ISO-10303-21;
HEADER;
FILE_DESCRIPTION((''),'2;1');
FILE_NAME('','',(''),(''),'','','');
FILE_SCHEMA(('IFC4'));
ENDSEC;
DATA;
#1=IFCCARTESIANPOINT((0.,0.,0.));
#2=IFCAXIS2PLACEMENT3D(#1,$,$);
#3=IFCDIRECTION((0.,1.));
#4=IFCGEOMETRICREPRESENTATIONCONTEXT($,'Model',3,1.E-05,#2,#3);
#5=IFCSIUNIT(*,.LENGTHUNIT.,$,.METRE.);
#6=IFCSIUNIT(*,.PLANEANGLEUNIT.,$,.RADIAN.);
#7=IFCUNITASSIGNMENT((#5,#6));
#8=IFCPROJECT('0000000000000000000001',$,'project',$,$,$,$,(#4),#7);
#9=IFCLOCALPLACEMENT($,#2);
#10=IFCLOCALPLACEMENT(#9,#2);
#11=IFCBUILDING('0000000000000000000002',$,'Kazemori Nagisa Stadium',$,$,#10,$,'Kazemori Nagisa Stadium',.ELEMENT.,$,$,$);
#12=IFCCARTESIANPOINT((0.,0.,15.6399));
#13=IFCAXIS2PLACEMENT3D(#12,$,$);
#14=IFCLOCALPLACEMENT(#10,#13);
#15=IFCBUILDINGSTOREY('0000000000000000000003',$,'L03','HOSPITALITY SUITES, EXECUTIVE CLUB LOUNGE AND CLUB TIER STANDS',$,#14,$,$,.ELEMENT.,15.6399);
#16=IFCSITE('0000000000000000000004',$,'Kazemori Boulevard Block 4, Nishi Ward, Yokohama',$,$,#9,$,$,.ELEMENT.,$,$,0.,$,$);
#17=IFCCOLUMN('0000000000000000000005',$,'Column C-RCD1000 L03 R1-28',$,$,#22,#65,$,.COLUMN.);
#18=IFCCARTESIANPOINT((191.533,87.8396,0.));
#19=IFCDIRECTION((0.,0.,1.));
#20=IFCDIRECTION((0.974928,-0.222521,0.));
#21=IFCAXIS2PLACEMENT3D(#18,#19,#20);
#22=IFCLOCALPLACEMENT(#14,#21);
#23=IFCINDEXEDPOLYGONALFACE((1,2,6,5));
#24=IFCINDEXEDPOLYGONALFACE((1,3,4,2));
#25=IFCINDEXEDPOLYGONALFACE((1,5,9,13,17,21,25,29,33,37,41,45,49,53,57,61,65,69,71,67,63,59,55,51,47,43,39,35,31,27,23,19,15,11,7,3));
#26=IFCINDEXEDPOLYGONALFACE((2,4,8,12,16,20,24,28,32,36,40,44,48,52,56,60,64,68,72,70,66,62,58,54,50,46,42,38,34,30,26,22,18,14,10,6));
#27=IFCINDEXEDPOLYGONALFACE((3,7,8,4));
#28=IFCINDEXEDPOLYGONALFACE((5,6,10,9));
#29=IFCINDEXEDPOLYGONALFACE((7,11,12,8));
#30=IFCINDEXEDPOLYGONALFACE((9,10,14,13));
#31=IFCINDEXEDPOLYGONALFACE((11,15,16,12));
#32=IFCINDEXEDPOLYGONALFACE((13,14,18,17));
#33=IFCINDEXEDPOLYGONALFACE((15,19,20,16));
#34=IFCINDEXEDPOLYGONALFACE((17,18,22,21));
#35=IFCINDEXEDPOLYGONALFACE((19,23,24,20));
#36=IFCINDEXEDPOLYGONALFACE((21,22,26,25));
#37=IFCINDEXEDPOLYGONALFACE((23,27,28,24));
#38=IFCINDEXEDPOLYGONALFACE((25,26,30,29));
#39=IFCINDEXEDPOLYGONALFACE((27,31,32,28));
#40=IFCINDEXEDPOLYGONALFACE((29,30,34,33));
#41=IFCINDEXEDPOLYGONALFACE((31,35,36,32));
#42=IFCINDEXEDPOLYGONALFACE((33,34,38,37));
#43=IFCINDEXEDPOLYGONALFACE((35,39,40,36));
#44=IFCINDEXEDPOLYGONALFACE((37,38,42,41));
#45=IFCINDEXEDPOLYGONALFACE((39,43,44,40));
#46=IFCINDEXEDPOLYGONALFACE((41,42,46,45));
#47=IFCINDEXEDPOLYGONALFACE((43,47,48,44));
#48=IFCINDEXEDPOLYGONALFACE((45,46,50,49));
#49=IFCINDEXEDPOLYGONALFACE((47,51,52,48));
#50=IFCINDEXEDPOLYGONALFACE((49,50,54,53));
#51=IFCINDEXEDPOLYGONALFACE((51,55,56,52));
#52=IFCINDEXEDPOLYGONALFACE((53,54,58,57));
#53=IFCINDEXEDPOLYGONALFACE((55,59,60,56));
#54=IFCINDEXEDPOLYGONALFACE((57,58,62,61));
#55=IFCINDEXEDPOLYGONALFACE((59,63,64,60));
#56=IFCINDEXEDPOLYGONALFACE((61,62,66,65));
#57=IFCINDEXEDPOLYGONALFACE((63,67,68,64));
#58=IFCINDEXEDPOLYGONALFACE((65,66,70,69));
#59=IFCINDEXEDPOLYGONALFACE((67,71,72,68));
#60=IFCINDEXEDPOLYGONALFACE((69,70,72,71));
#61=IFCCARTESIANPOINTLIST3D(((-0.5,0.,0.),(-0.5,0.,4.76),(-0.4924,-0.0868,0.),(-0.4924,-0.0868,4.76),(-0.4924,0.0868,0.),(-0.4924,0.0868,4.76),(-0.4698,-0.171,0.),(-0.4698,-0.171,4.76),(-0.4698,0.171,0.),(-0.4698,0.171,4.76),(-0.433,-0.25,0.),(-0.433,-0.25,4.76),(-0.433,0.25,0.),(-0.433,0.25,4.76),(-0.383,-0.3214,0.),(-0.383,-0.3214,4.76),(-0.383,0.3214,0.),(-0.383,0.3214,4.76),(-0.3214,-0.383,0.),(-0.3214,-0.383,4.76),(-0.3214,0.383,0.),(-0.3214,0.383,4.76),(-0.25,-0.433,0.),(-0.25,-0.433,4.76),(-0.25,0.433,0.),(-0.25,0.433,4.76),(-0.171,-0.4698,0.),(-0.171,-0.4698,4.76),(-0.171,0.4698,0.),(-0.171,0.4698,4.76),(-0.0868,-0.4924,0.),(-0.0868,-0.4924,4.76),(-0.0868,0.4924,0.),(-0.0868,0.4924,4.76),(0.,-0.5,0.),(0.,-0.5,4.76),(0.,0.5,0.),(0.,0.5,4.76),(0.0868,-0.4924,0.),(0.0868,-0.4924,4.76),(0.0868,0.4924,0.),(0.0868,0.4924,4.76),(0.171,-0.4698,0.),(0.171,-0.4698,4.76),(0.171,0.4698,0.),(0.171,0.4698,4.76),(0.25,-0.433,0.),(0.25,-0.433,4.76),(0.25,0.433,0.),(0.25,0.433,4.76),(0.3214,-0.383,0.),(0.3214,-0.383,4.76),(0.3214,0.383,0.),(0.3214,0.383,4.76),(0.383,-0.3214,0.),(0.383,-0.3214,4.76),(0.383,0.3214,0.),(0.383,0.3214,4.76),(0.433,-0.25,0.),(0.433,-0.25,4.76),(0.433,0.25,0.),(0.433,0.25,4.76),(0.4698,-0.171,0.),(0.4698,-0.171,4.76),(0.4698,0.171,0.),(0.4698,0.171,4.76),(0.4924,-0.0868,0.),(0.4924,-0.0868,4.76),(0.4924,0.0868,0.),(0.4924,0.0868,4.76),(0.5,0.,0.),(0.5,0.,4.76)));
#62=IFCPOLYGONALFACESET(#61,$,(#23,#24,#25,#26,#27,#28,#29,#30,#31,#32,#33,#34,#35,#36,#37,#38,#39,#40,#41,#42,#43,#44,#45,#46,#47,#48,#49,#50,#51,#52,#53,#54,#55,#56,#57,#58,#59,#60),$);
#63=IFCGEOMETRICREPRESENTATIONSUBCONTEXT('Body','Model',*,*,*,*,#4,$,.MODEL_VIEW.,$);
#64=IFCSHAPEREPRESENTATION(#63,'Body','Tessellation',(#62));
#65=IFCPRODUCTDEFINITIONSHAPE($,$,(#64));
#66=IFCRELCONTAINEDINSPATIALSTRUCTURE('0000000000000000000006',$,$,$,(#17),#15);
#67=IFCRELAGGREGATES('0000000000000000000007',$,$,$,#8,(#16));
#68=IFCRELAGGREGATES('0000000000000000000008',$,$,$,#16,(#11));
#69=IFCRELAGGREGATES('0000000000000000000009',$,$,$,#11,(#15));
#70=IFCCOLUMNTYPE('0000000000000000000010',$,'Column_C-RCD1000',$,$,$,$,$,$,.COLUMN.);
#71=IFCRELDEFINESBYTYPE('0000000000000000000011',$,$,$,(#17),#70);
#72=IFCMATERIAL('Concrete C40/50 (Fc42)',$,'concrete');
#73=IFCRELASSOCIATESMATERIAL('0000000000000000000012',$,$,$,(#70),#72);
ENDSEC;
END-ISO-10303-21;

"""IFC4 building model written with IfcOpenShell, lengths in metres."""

from ifc_helpers import new_model, si_unit, direction, frame, origin, origin_2d, place, context, subcontext, project, spatial, circle, extrude, material, material_profile, profile_set, type_object, element, save


model = new_model("IFC4")

# Units and contexts
model_context = context("Model", 3, precision=1e-05, world=origin(), true_north=direction((0.0, 1.0)))
body_context = subcontext(model_context, "Body", "Model", "MODEL_VIEW")
ifc_project = project(units=[si_unit("LENGTHUNIT", "METRE"), si_unit("PLANEANGLEUNIT", "RADIAN")], contexts=[model_context])

# Site, building, storey
site_placement = place(None, origin())
site = spatial("IfcSite", under=ifc_project, at=site_placement, Name="Kazemori Boulevard Block 4, Nishi Ward, Yokohama", CompositionType="ELEMENT", RefElevation=0.0)
building_placement = place(site_placement, origin())
building = spatial("IfcBuilding", under=site, at=building_placement, Name="Kazemori Nagisa Stadium", LongName="Kazemori Nagisa Stadium", CompositionType="ELEMENT")
storey_placement = place(building_placement, frame((0.0, 0.0, 15.6399)))
storey = spatial("IfcBuildingStorey", under=building, at=storey_placement, Name="L03", Description="HOSPITALITY SUITES, EXECUTIVE CLUB LOUNGE AND CLUB TIER STANDS", CompositionType="ELEMENT", Elevation=15.6399)

# Column
ifc_material_1 = material(Name="Concrete C40/50 (Fc42)", Category="concrete")
ifc_material_profile_1 = material_profile(ifc_material_1, circle(Radius=0.5, at=origin_2d()), Name="RC-COL-D1000")
ifc_profile_set_1 = profile_set([ifc_material_profile_1], Name="Concrete C40/50 (Fc42)")
column_type_1 = type_object("IfcColumnType", Name="Column_C-RCD1000", PredefinedType="COLUMN", material=ifc_profile_set_1)
for number, where, z_axis, x_axis, name in (
    (1, (191.533, 87.8396, 0.0), (0.0, 0.0, 1.0), (0.974928, -0.222521, 0.0), "Column C-RCD1000 L03 R1-28"),
):
    element("IfcColumn", number, at=place(storey_placement, frame(where, z_axis=z_axis, x_axis=x_axis)), inside=storey, type_object=column_type_1, Name=name, PredefinedType="COLUMN", context=body_context, shape_type="SweptSolid", body=[
        extrude(circle(Radius=0.5, at=origin_2d()), origin(), (0.0, 0.0, 1.0), 4.76),
    ])

save(model, "model.ifc")
